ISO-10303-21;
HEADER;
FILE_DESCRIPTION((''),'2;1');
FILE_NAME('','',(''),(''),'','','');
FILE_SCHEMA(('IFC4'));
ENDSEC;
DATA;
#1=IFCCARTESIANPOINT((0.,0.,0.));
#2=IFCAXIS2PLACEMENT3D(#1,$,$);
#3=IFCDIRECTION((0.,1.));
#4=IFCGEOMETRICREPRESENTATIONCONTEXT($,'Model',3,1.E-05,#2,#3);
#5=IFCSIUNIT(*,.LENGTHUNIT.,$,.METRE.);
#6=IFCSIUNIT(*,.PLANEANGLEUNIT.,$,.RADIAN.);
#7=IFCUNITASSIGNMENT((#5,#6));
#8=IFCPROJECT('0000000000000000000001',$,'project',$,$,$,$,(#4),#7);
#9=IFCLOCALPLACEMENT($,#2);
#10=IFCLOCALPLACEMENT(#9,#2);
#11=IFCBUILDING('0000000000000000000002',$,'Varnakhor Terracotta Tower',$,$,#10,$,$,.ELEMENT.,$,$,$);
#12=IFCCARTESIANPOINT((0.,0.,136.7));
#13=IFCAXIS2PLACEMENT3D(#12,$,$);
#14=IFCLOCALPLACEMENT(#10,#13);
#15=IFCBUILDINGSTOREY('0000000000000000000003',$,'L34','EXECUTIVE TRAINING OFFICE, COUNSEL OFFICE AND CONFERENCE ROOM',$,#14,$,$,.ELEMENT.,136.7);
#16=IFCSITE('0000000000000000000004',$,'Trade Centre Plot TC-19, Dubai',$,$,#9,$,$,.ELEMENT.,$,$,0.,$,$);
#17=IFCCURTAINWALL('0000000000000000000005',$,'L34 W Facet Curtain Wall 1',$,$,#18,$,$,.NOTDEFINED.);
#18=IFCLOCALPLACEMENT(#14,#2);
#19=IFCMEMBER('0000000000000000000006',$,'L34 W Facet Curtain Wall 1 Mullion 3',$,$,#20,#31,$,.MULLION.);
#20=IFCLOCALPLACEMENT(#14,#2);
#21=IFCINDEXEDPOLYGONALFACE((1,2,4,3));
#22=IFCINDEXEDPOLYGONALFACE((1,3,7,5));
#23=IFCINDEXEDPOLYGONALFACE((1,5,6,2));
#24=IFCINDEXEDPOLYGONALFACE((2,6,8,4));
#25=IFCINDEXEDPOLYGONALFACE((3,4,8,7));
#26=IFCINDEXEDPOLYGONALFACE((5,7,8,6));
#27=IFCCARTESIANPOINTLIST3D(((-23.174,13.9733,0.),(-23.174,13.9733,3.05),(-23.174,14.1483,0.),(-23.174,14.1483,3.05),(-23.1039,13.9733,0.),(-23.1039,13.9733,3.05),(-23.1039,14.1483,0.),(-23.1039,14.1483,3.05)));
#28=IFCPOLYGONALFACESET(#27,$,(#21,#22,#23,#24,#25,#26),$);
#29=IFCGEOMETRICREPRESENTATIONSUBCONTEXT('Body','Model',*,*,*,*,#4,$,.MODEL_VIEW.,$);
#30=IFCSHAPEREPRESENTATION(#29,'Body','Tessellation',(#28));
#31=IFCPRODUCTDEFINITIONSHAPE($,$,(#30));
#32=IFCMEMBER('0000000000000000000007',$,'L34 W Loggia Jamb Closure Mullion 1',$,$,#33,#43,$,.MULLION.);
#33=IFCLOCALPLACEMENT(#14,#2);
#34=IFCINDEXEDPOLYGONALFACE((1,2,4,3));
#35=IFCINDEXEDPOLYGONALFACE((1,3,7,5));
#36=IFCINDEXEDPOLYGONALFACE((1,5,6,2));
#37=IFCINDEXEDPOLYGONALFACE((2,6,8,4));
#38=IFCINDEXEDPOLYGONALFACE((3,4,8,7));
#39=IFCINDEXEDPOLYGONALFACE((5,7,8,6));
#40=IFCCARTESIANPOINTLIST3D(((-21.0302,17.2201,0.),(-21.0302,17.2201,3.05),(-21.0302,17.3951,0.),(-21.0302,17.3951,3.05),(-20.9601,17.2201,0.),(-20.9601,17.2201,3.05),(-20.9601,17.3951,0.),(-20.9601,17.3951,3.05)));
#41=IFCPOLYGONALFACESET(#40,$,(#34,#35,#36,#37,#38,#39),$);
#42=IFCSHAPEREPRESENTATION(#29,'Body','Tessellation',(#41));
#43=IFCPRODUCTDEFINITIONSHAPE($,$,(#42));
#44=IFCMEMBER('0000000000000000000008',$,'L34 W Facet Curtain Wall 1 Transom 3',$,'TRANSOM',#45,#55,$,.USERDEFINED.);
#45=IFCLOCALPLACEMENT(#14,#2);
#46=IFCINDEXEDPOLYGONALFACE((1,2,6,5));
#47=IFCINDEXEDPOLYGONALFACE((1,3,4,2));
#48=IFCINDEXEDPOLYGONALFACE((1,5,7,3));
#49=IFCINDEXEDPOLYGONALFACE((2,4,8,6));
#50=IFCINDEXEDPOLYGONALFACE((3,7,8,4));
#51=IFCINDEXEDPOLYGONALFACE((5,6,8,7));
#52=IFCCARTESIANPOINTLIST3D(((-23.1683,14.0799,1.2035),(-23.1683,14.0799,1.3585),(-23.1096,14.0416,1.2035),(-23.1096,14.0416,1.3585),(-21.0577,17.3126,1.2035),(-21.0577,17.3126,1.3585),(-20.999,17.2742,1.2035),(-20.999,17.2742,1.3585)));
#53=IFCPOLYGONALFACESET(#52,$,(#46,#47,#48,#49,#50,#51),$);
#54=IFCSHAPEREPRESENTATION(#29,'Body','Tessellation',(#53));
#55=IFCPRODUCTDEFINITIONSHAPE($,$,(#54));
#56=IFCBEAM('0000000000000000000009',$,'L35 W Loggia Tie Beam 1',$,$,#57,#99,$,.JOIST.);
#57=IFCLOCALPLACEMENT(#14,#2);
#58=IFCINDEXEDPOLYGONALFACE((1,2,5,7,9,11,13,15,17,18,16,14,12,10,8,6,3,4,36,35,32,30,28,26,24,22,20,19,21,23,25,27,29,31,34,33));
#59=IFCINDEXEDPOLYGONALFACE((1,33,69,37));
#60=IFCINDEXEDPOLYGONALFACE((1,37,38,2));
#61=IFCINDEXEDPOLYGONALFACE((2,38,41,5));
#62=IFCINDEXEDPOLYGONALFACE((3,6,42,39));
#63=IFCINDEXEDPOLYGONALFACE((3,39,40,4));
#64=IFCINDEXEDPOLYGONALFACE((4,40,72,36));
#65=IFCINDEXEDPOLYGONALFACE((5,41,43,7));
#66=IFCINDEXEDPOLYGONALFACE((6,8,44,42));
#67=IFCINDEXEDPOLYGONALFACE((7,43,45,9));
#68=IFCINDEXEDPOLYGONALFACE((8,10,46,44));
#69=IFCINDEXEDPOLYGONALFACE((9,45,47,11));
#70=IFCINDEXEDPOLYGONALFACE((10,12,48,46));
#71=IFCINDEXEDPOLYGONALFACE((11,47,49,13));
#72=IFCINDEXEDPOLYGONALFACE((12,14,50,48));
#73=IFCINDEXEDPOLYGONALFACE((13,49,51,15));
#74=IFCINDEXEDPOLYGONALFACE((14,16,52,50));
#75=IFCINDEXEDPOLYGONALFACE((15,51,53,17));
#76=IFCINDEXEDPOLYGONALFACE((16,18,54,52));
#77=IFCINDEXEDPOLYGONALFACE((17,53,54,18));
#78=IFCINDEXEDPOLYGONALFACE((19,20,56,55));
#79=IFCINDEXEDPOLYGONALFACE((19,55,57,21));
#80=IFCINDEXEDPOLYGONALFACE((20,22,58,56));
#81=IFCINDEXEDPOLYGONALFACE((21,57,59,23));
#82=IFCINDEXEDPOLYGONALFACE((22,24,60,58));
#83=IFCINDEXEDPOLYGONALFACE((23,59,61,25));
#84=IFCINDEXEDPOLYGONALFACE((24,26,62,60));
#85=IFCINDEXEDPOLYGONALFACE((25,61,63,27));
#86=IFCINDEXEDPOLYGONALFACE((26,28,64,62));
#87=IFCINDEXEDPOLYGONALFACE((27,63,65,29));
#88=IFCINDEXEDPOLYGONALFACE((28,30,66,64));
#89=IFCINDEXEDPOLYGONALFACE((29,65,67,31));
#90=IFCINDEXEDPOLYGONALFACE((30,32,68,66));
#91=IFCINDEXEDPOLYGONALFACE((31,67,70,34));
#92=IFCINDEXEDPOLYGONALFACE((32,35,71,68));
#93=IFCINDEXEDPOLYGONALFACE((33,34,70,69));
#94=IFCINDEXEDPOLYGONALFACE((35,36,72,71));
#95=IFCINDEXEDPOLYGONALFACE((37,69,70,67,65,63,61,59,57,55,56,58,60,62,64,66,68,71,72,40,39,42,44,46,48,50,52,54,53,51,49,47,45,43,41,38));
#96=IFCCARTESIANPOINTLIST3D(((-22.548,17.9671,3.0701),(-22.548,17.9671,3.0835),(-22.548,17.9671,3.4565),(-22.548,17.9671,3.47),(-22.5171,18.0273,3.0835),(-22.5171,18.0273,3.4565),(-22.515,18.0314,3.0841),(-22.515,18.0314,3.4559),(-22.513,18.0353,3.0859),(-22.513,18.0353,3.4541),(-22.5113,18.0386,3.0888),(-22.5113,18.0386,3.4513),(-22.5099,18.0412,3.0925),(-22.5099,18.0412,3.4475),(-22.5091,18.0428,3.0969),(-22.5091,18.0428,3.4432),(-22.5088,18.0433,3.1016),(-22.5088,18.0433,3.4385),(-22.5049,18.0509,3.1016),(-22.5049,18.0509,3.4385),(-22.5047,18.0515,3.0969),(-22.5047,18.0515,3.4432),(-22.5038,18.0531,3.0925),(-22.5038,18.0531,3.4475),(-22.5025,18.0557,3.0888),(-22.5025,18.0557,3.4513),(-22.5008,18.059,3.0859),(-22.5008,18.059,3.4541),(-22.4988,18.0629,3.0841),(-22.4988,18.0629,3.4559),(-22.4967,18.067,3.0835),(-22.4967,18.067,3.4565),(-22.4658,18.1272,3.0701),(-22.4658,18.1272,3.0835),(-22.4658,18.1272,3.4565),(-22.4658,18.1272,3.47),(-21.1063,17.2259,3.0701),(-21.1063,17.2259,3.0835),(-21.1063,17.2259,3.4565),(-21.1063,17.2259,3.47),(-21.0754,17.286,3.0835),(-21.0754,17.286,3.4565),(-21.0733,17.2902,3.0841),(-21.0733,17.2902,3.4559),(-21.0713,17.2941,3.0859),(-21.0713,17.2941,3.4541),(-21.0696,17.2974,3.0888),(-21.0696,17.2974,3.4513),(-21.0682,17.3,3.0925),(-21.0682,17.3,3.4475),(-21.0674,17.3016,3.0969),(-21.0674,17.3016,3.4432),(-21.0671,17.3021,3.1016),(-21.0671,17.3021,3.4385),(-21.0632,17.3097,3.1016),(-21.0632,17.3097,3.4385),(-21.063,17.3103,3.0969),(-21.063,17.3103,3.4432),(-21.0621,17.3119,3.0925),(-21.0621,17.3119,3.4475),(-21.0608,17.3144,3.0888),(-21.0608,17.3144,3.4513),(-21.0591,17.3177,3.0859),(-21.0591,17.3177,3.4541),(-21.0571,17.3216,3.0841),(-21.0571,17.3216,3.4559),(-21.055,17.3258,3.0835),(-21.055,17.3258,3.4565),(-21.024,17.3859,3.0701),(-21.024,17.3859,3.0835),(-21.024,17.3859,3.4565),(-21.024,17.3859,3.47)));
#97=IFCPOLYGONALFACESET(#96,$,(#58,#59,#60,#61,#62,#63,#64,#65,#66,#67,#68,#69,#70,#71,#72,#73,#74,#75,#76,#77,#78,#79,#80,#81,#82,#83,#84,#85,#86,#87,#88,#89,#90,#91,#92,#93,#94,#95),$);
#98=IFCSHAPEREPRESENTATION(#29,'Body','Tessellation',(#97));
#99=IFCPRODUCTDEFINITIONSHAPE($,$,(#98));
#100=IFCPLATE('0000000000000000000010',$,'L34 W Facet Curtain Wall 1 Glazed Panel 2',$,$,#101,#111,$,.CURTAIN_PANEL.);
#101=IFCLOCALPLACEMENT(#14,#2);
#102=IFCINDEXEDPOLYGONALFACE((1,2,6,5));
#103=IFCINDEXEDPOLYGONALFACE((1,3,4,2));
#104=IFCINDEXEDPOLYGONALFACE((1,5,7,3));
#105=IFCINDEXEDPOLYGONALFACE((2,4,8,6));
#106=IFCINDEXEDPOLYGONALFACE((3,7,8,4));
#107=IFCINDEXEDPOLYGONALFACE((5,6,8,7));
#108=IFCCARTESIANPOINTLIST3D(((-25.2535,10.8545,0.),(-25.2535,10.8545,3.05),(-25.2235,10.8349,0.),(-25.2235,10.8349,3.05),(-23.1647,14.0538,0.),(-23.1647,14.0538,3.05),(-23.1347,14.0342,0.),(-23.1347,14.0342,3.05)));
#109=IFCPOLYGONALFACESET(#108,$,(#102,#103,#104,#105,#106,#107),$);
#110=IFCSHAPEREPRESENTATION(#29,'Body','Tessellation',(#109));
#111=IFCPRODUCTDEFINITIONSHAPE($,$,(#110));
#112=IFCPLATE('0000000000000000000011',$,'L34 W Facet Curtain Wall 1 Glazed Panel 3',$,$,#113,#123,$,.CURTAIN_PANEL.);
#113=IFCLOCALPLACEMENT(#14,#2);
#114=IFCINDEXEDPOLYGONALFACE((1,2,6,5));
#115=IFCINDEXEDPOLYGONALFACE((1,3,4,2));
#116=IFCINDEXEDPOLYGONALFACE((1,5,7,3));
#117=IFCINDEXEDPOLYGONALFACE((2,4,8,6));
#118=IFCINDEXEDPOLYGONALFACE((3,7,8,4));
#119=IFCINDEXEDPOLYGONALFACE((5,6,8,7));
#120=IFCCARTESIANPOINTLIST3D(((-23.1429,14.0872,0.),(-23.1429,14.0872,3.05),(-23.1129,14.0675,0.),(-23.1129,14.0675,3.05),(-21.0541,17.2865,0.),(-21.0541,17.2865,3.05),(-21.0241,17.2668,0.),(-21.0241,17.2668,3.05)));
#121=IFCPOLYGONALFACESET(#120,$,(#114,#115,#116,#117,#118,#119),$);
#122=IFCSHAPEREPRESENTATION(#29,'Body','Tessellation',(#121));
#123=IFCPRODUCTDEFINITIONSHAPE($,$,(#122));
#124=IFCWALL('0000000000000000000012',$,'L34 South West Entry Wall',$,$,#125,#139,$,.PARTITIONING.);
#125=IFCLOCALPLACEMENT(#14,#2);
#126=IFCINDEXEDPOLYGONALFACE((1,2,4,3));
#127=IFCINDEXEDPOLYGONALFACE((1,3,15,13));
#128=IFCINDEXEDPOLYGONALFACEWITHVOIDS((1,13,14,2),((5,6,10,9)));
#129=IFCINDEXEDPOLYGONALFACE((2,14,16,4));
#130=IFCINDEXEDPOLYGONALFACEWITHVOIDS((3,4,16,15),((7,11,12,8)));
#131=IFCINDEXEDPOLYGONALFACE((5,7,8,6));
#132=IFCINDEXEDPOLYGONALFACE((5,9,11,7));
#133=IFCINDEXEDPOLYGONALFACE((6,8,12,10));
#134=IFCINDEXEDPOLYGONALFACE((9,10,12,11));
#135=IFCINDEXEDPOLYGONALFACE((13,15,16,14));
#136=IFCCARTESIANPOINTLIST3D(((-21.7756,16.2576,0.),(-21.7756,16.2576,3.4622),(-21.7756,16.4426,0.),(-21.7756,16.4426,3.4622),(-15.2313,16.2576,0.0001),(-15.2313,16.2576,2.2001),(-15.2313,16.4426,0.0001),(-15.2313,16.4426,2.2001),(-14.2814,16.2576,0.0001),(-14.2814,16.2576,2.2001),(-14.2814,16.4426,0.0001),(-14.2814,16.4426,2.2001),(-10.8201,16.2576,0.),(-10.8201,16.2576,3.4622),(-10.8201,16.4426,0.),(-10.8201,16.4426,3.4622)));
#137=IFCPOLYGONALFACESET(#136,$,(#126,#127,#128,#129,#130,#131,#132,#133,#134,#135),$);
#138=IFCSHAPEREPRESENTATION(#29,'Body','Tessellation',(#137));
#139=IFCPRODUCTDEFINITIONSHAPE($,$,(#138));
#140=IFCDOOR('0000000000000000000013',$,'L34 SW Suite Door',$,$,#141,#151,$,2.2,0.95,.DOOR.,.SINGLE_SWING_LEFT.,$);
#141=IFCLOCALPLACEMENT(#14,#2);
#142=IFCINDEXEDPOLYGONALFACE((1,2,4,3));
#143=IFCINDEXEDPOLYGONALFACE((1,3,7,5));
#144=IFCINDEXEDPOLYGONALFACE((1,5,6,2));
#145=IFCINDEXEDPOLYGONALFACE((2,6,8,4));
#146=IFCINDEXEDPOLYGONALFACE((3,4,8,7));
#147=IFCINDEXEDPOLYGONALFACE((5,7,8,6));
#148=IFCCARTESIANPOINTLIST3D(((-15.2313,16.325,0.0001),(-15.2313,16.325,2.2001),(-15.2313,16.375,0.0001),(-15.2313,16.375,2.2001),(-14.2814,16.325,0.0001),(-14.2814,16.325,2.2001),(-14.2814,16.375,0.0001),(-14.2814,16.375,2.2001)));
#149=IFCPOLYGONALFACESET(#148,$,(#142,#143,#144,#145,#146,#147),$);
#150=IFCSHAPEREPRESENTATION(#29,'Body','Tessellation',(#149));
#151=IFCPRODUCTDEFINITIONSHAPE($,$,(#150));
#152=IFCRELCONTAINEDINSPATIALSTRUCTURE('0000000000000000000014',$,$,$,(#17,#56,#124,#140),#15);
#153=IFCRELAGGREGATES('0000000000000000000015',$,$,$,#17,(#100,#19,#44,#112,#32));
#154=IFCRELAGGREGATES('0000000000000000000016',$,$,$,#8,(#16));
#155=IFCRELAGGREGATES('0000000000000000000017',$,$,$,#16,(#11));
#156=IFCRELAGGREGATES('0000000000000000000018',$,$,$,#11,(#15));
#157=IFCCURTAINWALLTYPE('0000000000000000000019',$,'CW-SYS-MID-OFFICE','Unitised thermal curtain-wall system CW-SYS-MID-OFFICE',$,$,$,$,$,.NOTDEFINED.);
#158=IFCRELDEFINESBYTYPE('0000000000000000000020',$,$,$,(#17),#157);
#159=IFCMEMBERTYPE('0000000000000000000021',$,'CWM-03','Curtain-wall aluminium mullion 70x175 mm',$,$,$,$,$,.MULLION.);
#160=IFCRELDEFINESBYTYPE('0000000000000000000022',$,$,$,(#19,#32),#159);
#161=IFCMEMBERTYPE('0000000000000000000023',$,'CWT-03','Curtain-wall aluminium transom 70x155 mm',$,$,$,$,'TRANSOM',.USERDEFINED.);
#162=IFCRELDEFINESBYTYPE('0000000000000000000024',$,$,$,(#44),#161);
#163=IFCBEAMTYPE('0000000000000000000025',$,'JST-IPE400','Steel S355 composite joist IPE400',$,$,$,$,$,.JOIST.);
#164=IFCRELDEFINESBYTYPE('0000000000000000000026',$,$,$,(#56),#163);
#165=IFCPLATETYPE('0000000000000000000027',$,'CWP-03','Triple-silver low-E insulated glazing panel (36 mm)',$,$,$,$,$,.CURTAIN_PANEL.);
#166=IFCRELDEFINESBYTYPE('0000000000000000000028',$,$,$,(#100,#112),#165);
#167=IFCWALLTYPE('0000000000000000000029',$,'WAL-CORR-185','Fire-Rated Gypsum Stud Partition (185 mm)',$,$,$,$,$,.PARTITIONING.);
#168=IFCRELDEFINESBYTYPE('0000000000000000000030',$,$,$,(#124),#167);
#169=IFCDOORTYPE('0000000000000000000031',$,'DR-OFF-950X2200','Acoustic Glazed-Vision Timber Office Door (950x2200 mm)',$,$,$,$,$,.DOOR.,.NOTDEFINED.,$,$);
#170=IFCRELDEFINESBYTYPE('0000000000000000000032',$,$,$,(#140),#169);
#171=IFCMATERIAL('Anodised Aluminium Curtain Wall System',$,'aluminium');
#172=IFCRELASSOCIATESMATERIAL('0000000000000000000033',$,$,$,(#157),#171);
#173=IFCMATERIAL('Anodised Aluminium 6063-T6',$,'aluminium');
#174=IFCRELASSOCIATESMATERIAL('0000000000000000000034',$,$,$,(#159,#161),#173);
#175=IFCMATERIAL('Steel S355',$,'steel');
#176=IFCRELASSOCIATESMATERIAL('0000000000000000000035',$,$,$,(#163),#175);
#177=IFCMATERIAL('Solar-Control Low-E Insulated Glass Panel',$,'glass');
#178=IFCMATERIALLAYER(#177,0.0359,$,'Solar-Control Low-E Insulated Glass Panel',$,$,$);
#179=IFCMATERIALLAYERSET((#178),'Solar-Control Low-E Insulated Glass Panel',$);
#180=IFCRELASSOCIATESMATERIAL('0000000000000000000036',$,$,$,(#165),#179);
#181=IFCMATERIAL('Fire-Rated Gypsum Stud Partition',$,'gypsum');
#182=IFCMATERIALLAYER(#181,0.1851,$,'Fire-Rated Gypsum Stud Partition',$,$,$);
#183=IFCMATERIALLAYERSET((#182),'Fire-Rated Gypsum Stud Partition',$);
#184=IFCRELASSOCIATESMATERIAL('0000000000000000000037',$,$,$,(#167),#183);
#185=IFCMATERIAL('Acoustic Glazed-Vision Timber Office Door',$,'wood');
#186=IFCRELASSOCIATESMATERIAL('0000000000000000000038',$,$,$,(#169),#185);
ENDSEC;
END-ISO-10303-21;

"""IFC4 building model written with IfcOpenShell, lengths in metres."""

from ifc_helpers import new_model, si_unit, direction, frame, frame_2d, origin, origin_2d, place, context, subcontext, project, spatial, rectangle, i_section, extrude, source, transform, mapped, material, layer, layer_set, material_profile, profile_set, type_object, type_shapes, element, fill, aggregate, save


model = new_model("IFC4")

# Units and contexts
model_context = context("Model", 3, precision=1e-05, world=origin(), true_north=direction((0.0, 1.0)))
body_context = subcontext(model_context, "Body", "Model", "MODEL_VIEW")
ifc_project = project(units=[si_unit("LENGTHUNIT", "METRE"), si_unit("PLANEANGLEUNIT", "RADIAN")], contexts=[model_context])

# Site, building, storey
site_placement = place(None, origin())
site = spatial("IfcSite", under=ifc_project, at=site_placement, Name="Trade Centre Plot TC-19, Dubai", CompositionType="ELEMENT", RefElevation=0.0)
building_placement = place(site_placement, origin())
building = spatial("IfcBuilding", under=site, at=building_placement, Name="Varnakhor Terracotta Tower", CompositionType="ELEMENT")
storey_placement = place(building_placement, frame((0.0, 0.0, 136.7)))
storey = spatial("IfcBuildingStorey", under=building, at=storey_placement, Name="L34", Description="EXECUTIVE TRAINING OFFICE, COUNSEL OFFICE AND CONFERENCE ROOM", CompositionType="ELEMENT", Elevation=136.7)

# Shared definitions
ifc_material_1 = material(Name="Steel S355", Category="steel")

# Curtain wall, members
ifc_material_2 = material(Name="Anodised Aluminium Curtain Wall System", Category="aluminium")
curtain_wall_type = type_object("IfcCurtainWallType", Name="CW-SYS-MID-OFFICE", Description="Unitised thermal curtain-wall system CW-SYS-MID-OFFICE", PredefinedType="NOTDEFINED", material=ifc_material_2)
curtain_wall_placement = place(storey_placement, origin())
curtain_wall = element("IfcCurtainWall", 1, at=curtain_wall_placement, inside=storey, type_object=curtain_wall_type, Name="L34 W Facet Curtain Wall 1", PredefinedType="NOTDEFINED")
ifc_material_3 = material(Name="Anodised Aluminium 6063-T6", Category="aluminium")
ifc_material_profile_1 = material_profile(ifc_material_3, rectangle(XDim=0.0701, YDim=0.175, at=origin_2d()), Name="ALU MULLION 70x175")
ifc_profile_set_1 = profile_set([ifc_material_profile_1], Name="Anodised Aluminium 6063-T6")
member_type_1 = type_object("IfcMemberType", Name="CWM-03", Description="Curtain-wall aluminium mullion 70x175 mm", PredefinedType="MULLION", material=ifc_profile_set_1)
shared_shape_1 = source(origin(), body_context, "Body", "SweptSolid", [
    extrude(rectangle(XDim=0.0701, YDim=0.175, at=origin_2d()), origin(), (0.0, 0.0, 1.0), 3.05),
])
member_1_placement = place(storey_placement, frame((-23.1389, 14.0608, 0.0), z_axis=(0.0, 0.0, 1.0), x_axis=(1.0, 0.0, 0.0)))
member_1 = element("IfcMember", 2, at=member_1_placement, type_object=member_type_1, Name="L34 W Facet Curtain Wall 1 Mullion 3", PredefinedType="MULLION", context=body_context, shape_type="MappedRepresentation", body=[
    mapped(shared_shape_1, transform((0.0, 0.0, 0.0), scale=1.0)),
])
member_2_placement = place(storey_placement, frame((-20.9951, 17.3076, 0.0), z_axis=(0.0, 0.0, 1.0), x_axis=(1.0, 0.0, 0.0)))
member_2 = element("IfcMember", 3, at=member_2_placement, type_object=member_type_1, Name="L34 W Loggia Jamb Closure Mullion 1", PredefinedType="MULLION", context=body_context, shape_type="MappedRepresentation", body=[
    mapped(shared_shape_1, transform((0.0, 0.0, 0.0), scale=1.0)),
])
ifc_material_profile_2 = material_profile(ifc_material_3, rectangle(XDim=0.0701, YDim=0.155, at=origin_2d()), Name="ALU TRANSOM 70x155")
ifc_profile_set_2 = profile_set([ifc_material_profile_2], Name="Anodised Aluminium 6063-T6")
member_type_2 = type_object("IfcMemberType", Name="CWT-03", Description="Curtain-wall aluminium transom 70x155 mm", ElementType="TRANSOM", PredefinedType="USERDEFINED", material=ifc_profile_set_2)
shared_shape_2 = source(origin(), body_context, "Body", "SweptSolid", [
    extrude(rectangle(XDim=0.0701, YDim=0.155, at=origin_2d()), origin(), (0.0, 0.0, 1.0), 3.8606),
])
member_3_placement = place(storey_placement, frame((-23.1389, 14.0608, 1.281), z_axis=(0.546692, 0.837334, 0.0), x_axis=(-0.837334, 0.546692, 0.0)))
member_3 = element("IfcMember", 4, at=member_3_placement, type_object=member_type_2, Name="L34 W Facet Curtain Wall 1 Transom 3", ObjectType="TRANSOM", PredefinedType="USERDEFINED", context=body_context, shape_type="MappedRepresentation", body=[
    mapped(shared_shape_2, transform((0.0, 0.0, 0.0), scale=1.0)),
])

# Beam
ifc_material_profile_3 = material_profile(ifc_material_1, i_section(OverallWidth=0.1799, OverallDepth=0.3999, WebThickness=0.0085, FlangeThickness=0.0134, FilletRadius=0.0181, at=origin_2d()), Name="IPE400")
ifc_profile_set_3 = profile_set([ifc_material_profile_3], Name="Steel S355")
beam_type_1 = type_object("IfcBeamType", Name="JST-IPE400", Description="Steel S355 composite joist IPE400", PredefinedType="JOIST", material=ifc_profile_set_3)
shared_shape_3 = source(origin(), body_context, "Body", "SweptSolid", [
    extrude(i_section(OverallWidth=0.1799, OverallDepth=0.3999, WebThickness=0.0085, FlangeThickness=0.0134, FilletRadius=0.0181, at=origin_2d()), origin(), (0.0, 0.0, 1.0), 1.6211),
])
beam_1_placement = place(storey_placement, frame((-21.0652, 17.3059, 3.27), z_axis=(-0.88934, 0.457246, 0.0), x_axis=(-0.457246, -0.88934, 0.0)))
element("IfcBeam", 5, at=beam_1_placement, inside=storey, type_object=beam_type_1, Name="L35 W Loggia Tie Beam 1", PredefinedType="JOIST", context=body_context, shape_type="MappedRepresentation", body=[
    mapped(shared_shape_3, transform((0.0, 0.0, 0.0), scale=1.0)),
])

# Plates
ifc_material_4 = material(Name="Solar-Control Low-E Insulated Glass Panel", Category="glass")
ifc_layer_1 = layer(ifc_material_4, 0.0359, Name="Solar-Control Low-E Insulated Glass Panel")
ifc_layer_set_1 = layer_set([ifc_layer_1], Name="Solar-Control Low-E Insulated Glass Panel")
plate_type = type_object("IfcPlateType", Name="CWP-03", Description="Triple-silver low-E insulated glazing panel (36 mm)", PredefinedType="CURTAIN_PANEL", material=ifc_layer_set_1)
shared_shape_4 = source(origin(), body_context, "Body", "SweptSolid", [
    extrude(rectangle(XDim=3.8208, YDim=0.0359, at=origin_2d()), origin(), (0.0, 0.0, 1.0), 3.05),
])
plate_1_placement = place(storey_placement, frame((-24.1941, 12.4443, 0.0), z_axis=(0.0, 0.0, 1.0), x_axis=(0.546687, 0.837337, 0.0)))
plate_1 = element("IfcPlate", 6, at=plate_1_placement, type_object=plate_type, Name="L34 W Facet Curtain Wall 1 Glazed Panel 2", PredefinedType="CURTAIN_PANEL", context=body_context, shape_type="MappedRepresentation", body=[
    mapped(shared_shape_4, transform((0.0, 0.0, 0.0), scale=1.0)),
])
plate_2_placement = place(storey_placement, frame((-22.0835, 15.677, 0.0), z_axis=(0.0, 0.0, 1.0), x_axis=(0.546687, 0.837337, 0.0)))
plate_2 = element("IfcPlate", 7, at=plate_2_placement, type_object=plate_type, Name="L34 W Facet Curtain Wall 1 Glazed Panel 3", PredefinedType="CURTAIN_PANEL", context=body_context, shape_type="MappedRepresentation", body=[
    mapped(shared_shape_4, transform((0.0, 0.0, 0.0), scale=1.0)),
])
aggregate(curtain_wall, [plate_1, member_1, member_3, plate_2, member_2])

# Wall, opening, door
ifc_material_5 = material(Name="Fire-Rated Gypsum Stud Partition", Category="gypsum")
ifc_layer_2 = layer(ifc_material_5, 0.1851, Name="Fire-Rated Gypsum Stud Partition")
ifc_layer_set_2 = layer_set([ifc_layer_2], Name="Fire-Rated Gypsum Stud Partition")
wall_type_1 = type_object("IfcWallType", Name="WAL-CORR-185", Description="Fire-Rated Gypsum Stud Partition (185 mm)", PredefinedType="PARTITIONING", material=ifc_layer_set_2)
wall_1_placement = place(storey_placement, frame((-21.7756, 16.3501, 0.0), z_axis=(0.0, 0.0, 1.0), x_axis=(1.0, 0.0, 0.0)))
wall_1 = element("IfcWall", 8, at=wall_1_placement, inside=storey, type_object=wall_type_1, Name="L34 South West Entry Wall", PredefinedType="PARTITIONING", context=body_context, shape_type="SweptSolid", body=[
    extrude(rectangle(XDim=10.9556, YDim=0.1851, at=frame_2d((5.4778, 0.0))), origin(), (0.0, 0.0, 1.0), 3.4622),
])
opening_1_placement = place(wall_1_placement, frame((6.5442, 0.0, 0.0)))
opening_1 = element("IfcOpeningElement", 9, at=opening_1_placement, cuts=wall_1, PredefinedType="OPENING", context=body_context, shape_type="SweptSolid", body=[
    extrude(rectangle(XDim=0.95, YDim=2.2, at=frame_2d((0.4751, 1.1001))), frame((0.0, 0.1025, 0.0), z_axis=(0.0, -1.0, 0.0), x_axis=(1.0, 0.0, 0.0)), (0.0, 0.0, 1.0), 0.2051),
])
ifc_material_6 = material(Name="Acoustic Glazed-Vision Timber Office Door", Category="wood")
door_type_1 = type_object("IfcDoorType", Name="DR-OFF-950X2200", Description="Acoustic Glazed-Vision Timber Office Door (950x2200 mm)", OperationType="NOTDEFINED", PredefinedType="DOOR", material=ifc_material_6)
shared_shape_5 = source(origin(), body_context, "Body", "SweptSolid", [
    extrude(rectangle(XDim=0.95, YDim=2.2, at=frame_2d((0.4751, 1.1001))), frame((0.0, 0.0249, 0.0), z_axis=(0.0, -1.0, 0.0), x_axis=(1.0, 0.0, 0.0)), (0.0, 0.0, 1.0), 0.05),
])
type_shapes(door_type_1, [shared_shape_5])
door_1_placement = place(opening_1_placement, origin())
door_1 = element("IfcDoor", 10, at=door_1_placement, inside=storey, type_object=door_type_1, Name="L34 SW Suite Door", OperationType="SINGLE_SWING_LEFT", OverallHeight=2.2, OverallWidth=0.95, PredefinedType="DOOR", context=body_context, shape_type="MappedRepresentation", body=[
    mapped(shared_shape_5, transform((0.0, 0.0, 0.0), scale=1.0)),
])
fill(opening_1, door_1)

save(model, "model.ifc")
